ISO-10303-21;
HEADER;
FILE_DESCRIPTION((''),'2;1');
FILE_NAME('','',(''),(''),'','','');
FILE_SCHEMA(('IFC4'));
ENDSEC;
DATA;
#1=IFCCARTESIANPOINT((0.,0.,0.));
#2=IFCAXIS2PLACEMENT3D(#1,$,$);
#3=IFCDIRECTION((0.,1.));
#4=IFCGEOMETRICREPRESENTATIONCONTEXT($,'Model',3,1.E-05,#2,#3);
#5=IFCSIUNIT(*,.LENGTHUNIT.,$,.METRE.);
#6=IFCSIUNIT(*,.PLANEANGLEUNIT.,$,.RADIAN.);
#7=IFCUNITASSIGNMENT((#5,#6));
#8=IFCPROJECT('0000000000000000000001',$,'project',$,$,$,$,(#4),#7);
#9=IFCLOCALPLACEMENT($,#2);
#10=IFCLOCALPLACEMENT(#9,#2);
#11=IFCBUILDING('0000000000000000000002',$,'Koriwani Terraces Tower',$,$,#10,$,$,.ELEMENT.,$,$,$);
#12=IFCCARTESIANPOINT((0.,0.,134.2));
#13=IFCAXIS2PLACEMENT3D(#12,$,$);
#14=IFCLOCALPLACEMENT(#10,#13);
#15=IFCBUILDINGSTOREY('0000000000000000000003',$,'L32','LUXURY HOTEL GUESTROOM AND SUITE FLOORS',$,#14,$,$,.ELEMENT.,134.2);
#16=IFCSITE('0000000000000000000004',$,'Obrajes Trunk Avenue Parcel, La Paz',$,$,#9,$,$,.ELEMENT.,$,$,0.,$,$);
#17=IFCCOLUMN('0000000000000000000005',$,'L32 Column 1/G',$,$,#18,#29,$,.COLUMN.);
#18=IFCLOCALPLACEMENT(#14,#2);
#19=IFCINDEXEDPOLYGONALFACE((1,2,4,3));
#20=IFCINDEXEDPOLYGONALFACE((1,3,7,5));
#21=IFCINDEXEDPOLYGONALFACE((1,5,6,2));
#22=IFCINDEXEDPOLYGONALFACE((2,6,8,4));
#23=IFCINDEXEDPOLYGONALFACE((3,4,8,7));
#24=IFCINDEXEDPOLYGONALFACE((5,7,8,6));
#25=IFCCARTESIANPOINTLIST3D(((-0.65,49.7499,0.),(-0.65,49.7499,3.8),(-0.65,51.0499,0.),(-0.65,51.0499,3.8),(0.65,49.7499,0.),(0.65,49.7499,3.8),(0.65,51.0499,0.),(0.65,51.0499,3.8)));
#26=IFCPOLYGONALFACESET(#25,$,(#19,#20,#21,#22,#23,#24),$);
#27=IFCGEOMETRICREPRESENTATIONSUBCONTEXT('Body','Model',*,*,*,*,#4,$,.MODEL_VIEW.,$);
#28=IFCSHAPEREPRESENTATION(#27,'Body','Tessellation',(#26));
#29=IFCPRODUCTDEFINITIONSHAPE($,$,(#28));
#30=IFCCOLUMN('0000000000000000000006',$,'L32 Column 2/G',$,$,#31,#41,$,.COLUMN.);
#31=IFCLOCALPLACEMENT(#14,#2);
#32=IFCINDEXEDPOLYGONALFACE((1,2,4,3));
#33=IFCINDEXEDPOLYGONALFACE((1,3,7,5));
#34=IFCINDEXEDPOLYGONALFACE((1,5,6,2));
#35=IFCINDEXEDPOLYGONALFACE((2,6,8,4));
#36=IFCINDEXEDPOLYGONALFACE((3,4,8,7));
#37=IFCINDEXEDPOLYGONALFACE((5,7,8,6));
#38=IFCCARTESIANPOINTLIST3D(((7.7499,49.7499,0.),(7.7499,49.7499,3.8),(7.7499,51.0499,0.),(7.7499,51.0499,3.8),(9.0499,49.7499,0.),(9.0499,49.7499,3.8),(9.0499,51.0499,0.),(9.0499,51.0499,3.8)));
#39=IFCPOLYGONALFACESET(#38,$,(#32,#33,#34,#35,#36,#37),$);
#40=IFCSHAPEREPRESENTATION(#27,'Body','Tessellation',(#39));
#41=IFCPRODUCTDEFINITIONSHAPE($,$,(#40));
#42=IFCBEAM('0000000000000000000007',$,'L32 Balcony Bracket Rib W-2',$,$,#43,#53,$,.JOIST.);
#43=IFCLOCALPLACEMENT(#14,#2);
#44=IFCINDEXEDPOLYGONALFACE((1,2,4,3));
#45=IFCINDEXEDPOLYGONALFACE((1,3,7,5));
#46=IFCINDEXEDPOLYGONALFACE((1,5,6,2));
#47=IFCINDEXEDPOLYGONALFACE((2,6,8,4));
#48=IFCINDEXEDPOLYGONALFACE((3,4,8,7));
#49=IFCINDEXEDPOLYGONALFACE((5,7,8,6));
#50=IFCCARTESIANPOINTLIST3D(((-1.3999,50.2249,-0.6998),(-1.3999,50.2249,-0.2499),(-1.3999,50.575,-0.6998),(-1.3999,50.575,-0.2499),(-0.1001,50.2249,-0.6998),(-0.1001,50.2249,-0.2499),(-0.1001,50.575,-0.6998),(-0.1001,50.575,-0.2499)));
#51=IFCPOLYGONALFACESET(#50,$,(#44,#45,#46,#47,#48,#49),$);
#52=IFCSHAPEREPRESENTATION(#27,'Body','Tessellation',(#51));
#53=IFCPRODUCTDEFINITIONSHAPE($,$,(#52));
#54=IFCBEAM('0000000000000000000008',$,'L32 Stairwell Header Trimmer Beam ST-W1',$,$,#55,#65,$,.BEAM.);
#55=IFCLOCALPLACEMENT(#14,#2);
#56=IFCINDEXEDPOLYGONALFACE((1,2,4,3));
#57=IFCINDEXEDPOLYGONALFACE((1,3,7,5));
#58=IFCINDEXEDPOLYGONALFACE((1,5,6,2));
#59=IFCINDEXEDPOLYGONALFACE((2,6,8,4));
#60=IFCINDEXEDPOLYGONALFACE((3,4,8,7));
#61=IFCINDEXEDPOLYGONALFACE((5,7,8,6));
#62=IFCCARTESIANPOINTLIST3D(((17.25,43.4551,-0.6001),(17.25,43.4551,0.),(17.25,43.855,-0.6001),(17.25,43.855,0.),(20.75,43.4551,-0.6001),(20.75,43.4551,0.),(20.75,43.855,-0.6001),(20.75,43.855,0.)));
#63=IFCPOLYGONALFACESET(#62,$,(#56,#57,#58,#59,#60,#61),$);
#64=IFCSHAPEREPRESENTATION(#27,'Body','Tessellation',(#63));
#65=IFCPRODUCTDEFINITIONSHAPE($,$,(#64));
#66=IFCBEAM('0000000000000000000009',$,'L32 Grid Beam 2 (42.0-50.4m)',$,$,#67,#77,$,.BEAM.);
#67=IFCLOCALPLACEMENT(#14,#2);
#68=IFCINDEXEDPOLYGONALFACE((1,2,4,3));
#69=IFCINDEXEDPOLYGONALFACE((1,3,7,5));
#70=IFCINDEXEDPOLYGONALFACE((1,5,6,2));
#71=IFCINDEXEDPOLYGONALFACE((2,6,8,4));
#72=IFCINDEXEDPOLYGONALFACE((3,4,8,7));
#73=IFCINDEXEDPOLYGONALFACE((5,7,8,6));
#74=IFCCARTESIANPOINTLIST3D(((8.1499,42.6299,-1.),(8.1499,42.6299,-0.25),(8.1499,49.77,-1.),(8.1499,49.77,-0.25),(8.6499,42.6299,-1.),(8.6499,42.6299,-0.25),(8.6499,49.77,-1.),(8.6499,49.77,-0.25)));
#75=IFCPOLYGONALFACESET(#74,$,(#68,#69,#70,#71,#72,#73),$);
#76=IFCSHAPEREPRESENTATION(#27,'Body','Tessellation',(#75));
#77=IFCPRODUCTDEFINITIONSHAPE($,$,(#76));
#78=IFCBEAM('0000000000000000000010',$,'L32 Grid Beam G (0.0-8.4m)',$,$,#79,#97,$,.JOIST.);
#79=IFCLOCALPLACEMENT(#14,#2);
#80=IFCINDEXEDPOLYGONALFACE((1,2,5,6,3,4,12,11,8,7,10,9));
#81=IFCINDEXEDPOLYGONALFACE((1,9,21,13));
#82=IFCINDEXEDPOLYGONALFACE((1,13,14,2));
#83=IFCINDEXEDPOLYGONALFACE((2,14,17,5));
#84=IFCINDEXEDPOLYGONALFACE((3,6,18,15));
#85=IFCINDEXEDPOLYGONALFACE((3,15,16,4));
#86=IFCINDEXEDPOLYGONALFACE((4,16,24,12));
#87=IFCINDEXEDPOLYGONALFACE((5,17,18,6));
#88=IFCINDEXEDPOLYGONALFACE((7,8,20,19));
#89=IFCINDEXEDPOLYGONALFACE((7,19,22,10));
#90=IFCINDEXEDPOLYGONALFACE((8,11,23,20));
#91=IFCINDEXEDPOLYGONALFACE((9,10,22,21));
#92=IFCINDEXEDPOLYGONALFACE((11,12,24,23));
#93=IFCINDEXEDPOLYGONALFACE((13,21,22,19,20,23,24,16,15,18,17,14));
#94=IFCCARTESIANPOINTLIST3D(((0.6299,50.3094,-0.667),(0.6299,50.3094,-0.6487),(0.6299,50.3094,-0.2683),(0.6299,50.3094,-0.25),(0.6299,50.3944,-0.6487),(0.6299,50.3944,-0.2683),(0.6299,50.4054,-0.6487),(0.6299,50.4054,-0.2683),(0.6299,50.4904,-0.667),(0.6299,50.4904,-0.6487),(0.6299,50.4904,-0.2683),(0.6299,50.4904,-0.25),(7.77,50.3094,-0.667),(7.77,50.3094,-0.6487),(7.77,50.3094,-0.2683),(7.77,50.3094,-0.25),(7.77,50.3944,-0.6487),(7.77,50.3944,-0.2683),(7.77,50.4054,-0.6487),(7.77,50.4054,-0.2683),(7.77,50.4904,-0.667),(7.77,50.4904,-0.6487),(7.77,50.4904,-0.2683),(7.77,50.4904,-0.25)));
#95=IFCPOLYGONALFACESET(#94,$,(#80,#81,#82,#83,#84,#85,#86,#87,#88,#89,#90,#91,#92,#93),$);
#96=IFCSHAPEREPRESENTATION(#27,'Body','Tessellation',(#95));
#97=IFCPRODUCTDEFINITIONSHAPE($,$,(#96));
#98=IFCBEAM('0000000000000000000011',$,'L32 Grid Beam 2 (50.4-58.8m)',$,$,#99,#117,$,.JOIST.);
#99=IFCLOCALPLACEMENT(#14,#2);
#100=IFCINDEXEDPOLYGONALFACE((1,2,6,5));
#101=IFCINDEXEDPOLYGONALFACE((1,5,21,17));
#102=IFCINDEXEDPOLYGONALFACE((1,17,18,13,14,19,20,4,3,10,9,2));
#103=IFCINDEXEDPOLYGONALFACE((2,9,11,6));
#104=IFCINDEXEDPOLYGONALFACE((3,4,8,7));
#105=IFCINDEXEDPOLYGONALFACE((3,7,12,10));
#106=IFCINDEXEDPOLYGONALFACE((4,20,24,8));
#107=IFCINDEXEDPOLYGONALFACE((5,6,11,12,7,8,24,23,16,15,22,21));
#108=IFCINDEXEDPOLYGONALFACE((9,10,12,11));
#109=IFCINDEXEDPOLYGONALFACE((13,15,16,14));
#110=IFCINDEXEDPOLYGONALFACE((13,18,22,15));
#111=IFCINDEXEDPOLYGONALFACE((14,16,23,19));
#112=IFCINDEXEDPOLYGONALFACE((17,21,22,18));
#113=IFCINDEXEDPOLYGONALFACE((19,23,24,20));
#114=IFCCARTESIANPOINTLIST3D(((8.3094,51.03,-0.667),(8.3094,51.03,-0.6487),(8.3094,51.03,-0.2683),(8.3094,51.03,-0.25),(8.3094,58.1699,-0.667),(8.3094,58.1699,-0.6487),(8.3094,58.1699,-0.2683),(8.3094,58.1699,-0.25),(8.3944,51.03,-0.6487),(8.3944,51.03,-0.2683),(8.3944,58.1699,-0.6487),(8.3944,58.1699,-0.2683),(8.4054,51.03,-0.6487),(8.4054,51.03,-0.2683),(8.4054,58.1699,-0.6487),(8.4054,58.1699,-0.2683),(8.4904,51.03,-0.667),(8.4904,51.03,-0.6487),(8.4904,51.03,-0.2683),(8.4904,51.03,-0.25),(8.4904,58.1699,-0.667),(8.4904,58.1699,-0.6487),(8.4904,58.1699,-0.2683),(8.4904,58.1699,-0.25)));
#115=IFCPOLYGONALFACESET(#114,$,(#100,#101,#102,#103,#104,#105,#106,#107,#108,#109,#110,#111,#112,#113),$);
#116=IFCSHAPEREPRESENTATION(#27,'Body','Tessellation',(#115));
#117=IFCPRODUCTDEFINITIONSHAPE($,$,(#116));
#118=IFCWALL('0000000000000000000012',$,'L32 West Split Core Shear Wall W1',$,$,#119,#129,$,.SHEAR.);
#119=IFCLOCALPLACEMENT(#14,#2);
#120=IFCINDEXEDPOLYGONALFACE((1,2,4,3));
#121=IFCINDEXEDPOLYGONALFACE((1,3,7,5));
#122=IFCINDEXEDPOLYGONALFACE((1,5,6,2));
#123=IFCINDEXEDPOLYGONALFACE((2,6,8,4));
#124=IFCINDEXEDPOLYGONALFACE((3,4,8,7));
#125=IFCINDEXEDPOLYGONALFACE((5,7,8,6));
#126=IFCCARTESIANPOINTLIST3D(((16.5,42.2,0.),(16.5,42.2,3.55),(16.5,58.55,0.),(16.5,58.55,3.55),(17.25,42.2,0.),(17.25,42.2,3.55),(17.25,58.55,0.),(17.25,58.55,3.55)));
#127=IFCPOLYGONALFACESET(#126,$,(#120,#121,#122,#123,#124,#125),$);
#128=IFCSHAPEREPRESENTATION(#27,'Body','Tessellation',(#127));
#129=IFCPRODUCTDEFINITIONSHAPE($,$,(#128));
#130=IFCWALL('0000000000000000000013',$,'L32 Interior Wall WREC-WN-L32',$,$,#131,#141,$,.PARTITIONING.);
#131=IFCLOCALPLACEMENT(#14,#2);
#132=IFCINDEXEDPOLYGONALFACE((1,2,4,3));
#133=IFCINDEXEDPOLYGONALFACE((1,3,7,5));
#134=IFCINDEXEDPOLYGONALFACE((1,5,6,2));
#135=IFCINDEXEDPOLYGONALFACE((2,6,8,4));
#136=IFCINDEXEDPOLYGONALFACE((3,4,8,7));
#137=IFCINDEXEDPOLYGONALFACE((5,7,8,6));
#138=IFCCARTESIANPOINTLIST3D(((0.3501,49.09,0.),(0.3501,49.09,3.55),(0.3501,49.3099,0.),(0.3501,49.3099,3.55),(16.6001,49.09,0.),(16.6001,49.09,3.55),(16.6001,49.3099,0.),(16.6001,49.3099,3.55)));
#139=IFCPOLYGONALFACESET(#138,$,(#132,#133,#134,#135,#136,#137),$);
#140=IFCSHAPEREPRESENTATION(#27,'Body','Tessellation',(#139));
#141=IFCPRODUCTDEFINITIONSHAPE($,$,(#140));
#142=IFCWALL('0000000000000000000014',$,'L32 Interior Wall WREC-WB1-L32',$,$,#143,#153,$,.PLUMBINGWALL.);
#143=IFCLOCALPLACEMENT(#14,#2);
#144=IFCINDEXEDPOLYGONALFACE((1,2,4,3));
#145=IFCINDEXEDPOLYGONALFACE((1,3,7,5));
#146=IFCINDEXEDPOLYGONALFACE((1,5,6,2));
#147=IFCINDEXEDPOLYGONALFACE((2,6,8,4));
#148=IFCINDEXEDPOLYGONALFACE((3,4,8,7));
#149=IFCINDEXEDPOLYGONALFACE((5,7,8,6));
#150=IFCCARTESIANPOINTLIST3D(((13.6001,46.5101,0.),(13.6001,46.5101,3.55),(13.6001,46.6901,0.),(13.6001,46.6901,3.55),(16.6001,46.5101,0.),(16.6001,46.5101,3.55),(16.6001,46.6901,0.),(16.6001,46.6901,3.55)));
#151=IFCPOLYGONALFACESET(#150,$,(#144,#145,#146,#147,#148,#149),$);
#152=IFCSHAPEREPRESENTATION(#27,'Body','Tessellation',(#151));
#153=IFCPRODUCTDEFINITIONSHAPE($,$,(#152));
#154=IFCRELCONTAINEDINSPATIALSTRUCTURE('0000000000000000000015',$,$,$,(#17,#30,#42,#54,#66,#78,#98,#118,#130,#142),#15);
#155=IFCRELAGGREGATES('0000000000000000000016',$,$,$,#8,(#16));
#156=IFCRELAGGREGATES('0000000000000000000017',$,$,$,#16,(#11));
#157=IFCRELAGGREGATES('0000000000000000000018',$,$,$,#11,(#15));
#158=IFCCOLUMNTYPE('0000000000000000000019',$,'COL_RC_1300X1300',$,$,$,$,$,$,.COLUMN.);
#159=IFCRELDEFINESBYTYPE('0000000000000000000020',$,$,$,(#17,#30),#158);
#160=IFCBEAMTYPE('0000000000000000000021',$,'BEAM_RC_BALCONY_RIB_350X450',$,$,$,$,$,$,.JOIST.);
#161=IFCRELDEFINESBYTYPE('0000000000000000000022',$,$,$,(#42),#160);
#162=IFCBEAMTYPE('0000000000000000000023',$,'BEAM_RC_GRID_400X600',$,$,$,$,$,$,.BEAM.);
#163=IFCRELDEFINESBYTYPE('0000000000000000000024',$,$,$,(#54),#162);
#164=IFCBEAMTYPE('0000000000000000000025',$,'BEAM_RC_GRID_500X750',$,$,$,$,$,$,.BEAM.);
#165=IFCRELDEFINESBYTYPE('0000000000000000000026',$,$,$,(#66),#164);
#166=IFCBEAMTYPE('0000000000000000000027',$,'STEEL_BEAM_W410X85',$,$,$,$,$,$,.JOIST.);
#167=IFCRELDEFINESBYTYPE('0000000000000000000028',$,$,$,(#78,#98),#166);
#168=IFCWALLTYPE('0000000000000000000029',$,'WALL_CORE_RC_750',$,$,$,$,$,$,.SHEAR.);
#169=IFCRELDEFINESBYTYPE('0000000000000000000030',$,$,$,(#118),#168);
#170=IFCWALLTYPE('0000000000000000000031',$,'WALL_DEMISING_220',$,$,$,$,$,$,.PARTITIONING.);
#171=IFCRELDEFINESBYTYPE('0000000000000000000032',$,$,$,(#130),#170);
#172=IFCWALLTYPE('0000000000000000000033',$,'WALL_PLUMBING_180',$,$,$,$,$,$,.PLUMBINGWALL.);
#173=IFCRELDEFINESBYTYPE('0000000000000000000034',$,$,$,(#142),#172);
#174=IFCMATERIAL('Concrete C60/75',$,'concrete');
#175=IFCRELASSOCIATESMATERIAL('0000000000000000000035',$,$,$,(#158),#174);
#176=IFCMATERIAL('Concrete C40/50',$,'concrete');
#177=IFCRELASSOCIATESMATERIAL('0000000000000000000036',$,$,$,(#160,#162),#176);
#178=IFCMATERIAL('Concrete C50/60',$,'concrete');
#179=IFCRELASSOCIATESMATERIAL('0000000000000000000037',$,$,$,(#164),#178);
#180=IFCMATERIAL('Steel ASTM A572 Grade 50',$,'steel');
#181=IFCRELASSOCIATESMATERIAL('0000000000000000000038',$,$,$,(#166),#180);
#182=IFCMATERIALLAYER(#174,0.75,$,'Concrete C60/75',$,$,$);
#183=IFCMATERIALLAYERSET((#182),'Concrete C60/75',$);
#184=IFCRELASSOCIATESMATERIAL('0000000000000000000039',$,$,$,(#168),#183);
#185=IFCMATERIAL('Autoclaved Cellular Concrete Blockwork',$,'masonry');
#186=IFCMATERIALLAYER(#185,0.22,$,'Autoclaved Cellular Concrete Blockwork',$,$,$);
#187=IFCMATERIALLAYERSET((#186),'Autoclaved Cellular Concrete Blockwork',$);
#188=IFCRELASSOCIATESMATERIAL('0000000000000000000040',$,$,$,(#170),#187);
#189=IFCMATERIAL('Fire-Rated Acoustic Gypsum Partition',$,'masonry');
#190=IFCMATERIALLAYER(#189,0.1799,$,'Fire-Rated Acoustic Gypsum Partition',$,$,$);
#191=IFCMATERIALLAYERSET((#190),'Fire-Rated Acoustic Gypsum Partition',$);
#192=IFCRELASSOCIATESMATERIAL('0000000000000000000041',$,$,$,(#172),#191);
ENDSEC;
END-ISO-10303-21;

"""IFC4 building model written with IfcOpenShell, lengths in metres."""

from ifc_helpers import new_model, si_unit, direction, frame, frame_2d, origin, origin_2d, place, context, subcontext, project, spatial, rectangle, i_section, extrude, material, layer, layer_set, material_profile, profile_set, type_object, element, save


model = new_model("IFC4")

# Units and contexts
model_context = context("Model", 3, precision=1e-05, world=origin(), true_north=direction((0.0, 1.0)))
body_context = subcontext(model_context, "Body", "Model", "MODEL_VIEW")
ifc_project = project(units=[si_unit("LENGTHUNIT", "METRE"), si_unit("PLANEANGLEUNIT", "RADIAN")], contexts=[model_context])

# Site, building, storey
site_placement = place(None, origin())
site = spatial("IfcSite", under=ifc_project, at=site_placement, Name="Obrajes Trunk Avenue Parcel, La Paz", CompositionType="ELEMENT", RefElevation=0.0)
building_placement = place(site_placement, origin())
building = spatial("IfcBuilding", under=site, at=building_placement, Name="Koriwani Terraces Tower", CompositionType="ELEMENT")
storey_placement = place(building_placement, frame((0.0, 0.0, 134.2)))
storey = spatial("IfcBuildingStorey", under=building, at=storey_placement, Name="L32", Description="LUXURY HOTEL GUESTROOM AND SUITE FLOORS", CompositionType="ELEMENT", Elevation=134.2)

# Columns
ifc_material_1 = material(Name="Concrete C60/75", Category="concrete")
ifc_material_profile_1 = material_profile(ifc_material_1, rectangle(XDim=1.3, YDim=1.3, at=origin_2d()), Name="Concrete C60/75", Category="LoadBearing")
ifc_profile_set_1 = profile_set([ifc_material_profile_1], Name="Concrete C60/75")
column_type = type_object("IfcColumnType", Name="COL_RC_1300X1300", PredefinedType="COLUMN", material=ifc_profile_set_1)
for number, where, z_axis, x_axis, name in (
    (1, (0.0, 50.3999, 0.0), (0.0, 0.0, 1.0), (1.0, 0.0, 0.0), "L32 Column 1/G"),
    (2, (8.3999, 50.3999, 0.0), (0.0, 0.0, 1.0), (1.0, 0.0, 0.0), "L32 Column 2/G"),
):
    element("IfcColumn", number, at=place(storey_placement, frame(where, z_axis=z_axis, x_axis=x_axis)), inside=storey, type_object=column_type, Name=name, PredefinedType="COLUMN", context=body_context, shape_type="SweptSolid", body=[
        extrude(rectangle(XDim=1.3, YDim=1.3, at=origin_2d()), origin(), (0.0, 0.0, 1.0), 3.8),
    ])

# Beams
ifc_material_2 = material(Name="Concrete C40/50", Category="concrete")
ifc_material_profile_2 = material_profile(ifc_material_2, rectangle(XDim=0.3501, YDim=0.45, at=origin_2d()), Name="Concrete C40/50", Category="LoadBearing")
ifc_profile_set_2 = profile_set([ifc_material_profile_2], Name="Concrete C40/50")
beam_type_1 = type_object("IfcBeamType", Name="BEAM_RC_BALCONY_RIB_350X450", PredefinedType="JOIST", material=ifc_profile_set_2)
beam_1_placement = place(storey_placement, frame((-1.3999, 50.3999, -0.4749), z_axis=(1.0, 0.0, 0.0), x_axis=(0.0, 1.0, 0.0)))
element("IfcBeam", 3, at=beam_1_placement, inside=storey, type_object=beam_type_1, Name="L32 Balcony Bracket Rib W-2", PredefinedType="JOIST", context=body_context, shape_type="SweptSolid", body=[
    extrude(rectangle(XDim=0.3501, YDim=0.45, at=origin_2d()), origin(), (0.0, 0.0, 1.0), 1.2998),
])
ifc_material_profile_3 = material_profile(ifc_material_2, rectangle(XDim=0.3999, YDim=0.6001, at=origin_2d()), Name="Concrete C40/50", Category="LoadBearing")
ifc_profile_set_3 = profile_set([ifc_material_profile_3], Name="Concrete C40/50")
beam_type_2 = type_object("IfcBeamType", Name="BEAM_RC_GRID_400X600", PredefinedType="BEAM", material=ifc_profile_set_3)
beam_2_placement = place(storey_placement, frame((17.25, 43.655, -0.3), z_axis=(1.0, 0.0, 0.0), x_axis=(0.0, 1.0, 0.0)))
element("IfcBeam", 4, at=beam_2_placement, inside=storey, type_object=beam_type_2, Name="L32 Stairwell Header Trimmer Beam ST-W1", PredefinedType="BEAM", context=body_context, shape_type="SweptSolid", body=[
    extrude(rectangle(XDim=0.3999, YDim=0.6001, at=origin_2d()), origin(), (0.0, 0.0, 1.0), 3.5),
])
ifc_material_3 = material(Name="Concrete C50/60", Category="concrete")
ifc_material_profile_4 = material_profile(ifc_material_3, rectangle(XDim=0.5, YDim=0.75, at=origin_2d()), Name="Concrete C50/60", Category="LoadBearing")
ifc_profile_set_4 = profile_set([ifc_material_profile_4], Name="Concrete C50/60")
beam_type_3 = type_object("IfcBeamType", Name="BEAM_RC_GRID_500X750", PredefinedType="BEAM", material=ifc_profile_set_4)
beam_3_placement = place(storey_placement, frame((8.3999, 42.6299, -0.625), z_axis=(0.0, 1.0, 0.0), x_axis=(-1.0, 0.0, 0.0)))
element("IfcBeam", 5, at=beam_3_placement, inside=storey, type_object=beam_type_3, Name="L32 Grid Beam 2 (42.0-50.4m)", PredefinedType="BEAM", context=body_context, shape_type="SweptSolid", body=[
    extrude(rectangle(XDim=0.5, YDim=0.75, at=origin_2d()), origin(), (0.0, 0.0, 1.0), 7.1401),
])
ifc_material_4 = material(Name="Steel ASTM A572 Grade 50", Category="steel")
ifc_material_profile_5 = material_profile(ifc_material_4, i_section(OverallWidth=0.1809, OverallDepth=0.417, WebThickness=0.011, FlangeThickness=0.0183, at=origin_2d()), Name="Steel ASTM A572 Grade 50", Category="LoadBearing")
ifc_profile_set_5 = profile_set([ifc_material_profile_5], Name="Steel ASTM A572 Grade 50")
beam_type_4 = type_object("IfcBeamType", Name="STEEL_BEAM_W410X85", PredefinedType="JOIST", material=ifc_profile_set_5)
beam_4_placement = place(storey_placement, frame((0.6299, 50.3999, -0.4585), z_axis=(1.0, 0.0, 0.0), x_axis=(0.0, 1.0, 0.0)))
element("IfcBeam", 6, at=beam_4_placement, inside=storey, type_object=beam_type_4, Name="L32 Grid Beam G (0.0-8.4m)", PredefinedType="JOIST", context=body_context, shape_type="SweptSolid", body=[
    extrude(i_section(OverallWidth=0.1809, OverallDepth=0.417, WebThickness=0.011, FlangeThickness=0.0183, at=origin_2d()), origin(), (0.0, 0.0, 1.0), 7.1401),
])
beam_5_placement = place(storey_placement, frame((8.3999, 51.03, -0.4585), z_axis=(0.0, 1.0, 0.0), x_axis=(-1.0, 0.0, 0.0)))
element("IfcBeam", 7, at=beam_5_placement, inside=storey, type_object=beam_type_4, Name="L32 Grid Beam 2 (50.4-58.8m)", PredefinedType="JOIST", context=body_context, shape_type="SweptSolid", body=[
    extrude(i_section(OverallWidth=0.1809, OverallDepth=0.417, WebThickness=0.011, FlangeThickness=0.0183, at=origin_2d()), origin(), (0.0, 0.0, 1.0), 7.1399),
])

# Walls
ifc_layer_1 = layer(ifc_material_1, 0.75, Name="Concrete C60/75")
ifc_layer_set_1 = layer_set([ifc_layer_1], Name="Concrete C60/75")
wall_type_1 = type_object("IfcWallType", Name="WALL_CORE_RC_750", PredefinedType="SHEAR", material=ifc_layer_set_1)
wall_1_placement = place(storey_placement, frame((16.875, 42.2, 0.0), z_axis=(0.0, 0.0, 1.0), x_axis=(0.0, 1.0, 0.0)))
element("IfcWall", 8, at=wall_1_placement, inside=storey, type_object=wall_type_1, Name="L32 West Split Core Shear Wall W1", PredefinedType="SHEAR", context=body_context, shape_type="SweptSolid", body=[
    extrude(rectangle(XDim=16.3501, YDim=0.75, at=frame_2d((8.175, 0.0))), origin(), (0.0, 0.0, 1.0), 3.55),
])
ifc_material_5 = material(Name="Autoclaved Cellular Concrete Blockwork", Category="masonry")
ifc_layer_2 = layer(ifc_material_5, 0.22, Name="Autoclaved Cellular Concrete Blockwork")
ifc_layer_set_2 = layer_set([ifc_layer_2], Name="Autoclaved Cellular Concrete Blockwork")
wall_type_2 = type_object("IfcWallType", Name="WALL_DEMISING_220", PredefinedType="PARTITIONING", material=ifc_layer_set_2)
wall_2_placement = place(storey_placement, frame((0.3501, 49.2, 0.0), z_axis=(0.0, 0.0, 1.0), x_axis=(1.0, 0.0, 0.0)))
element("IfcWall", 9, at=wall_2_placement, inside=storey, type_object=wall_type_2, Name="L32 Interior Wall WREC-WN-L32", PredefinedType="PARTITIONING", context=body_context, shape_type="SweptSolid", body=[
    extrude(rectangle(XDim=16.25, YDim=0.22, at=frame_2d((8.125, 0.0))), origin(), (0.0, 0.0, 1.0), 3.55),
])
ifc_material_6 = material(Name="Fire-Rated Acoustic Gypsum Partition", Category="masonry")
ifc_layer_3 = layer(ifc_material_6, 0.1799, Name="Fire-Rated Acoustic Gypsum Partition")
ifc_layer_set_3 = layer_set([ifc_layer_3], Name="Fire-Rated Acoustic Gypsum Partition")
wall_type_3 = type_object("IfcWallType", Name="WALL_PLUMBING_180", PredefinedType="PLUMBINGWALL", material=ifc_layer_set_3)
wall_3_placement = place(storey_placement, frame((13.6001, 46.6001, 0.0), z_axis=(0.0, 0.0, 1.0), x_axis=(1.0, 0.0, 0.0)))
element("IfcWall", 10, at=wall_3_placement, inside=storey, type_object=wall_type_3, Name="L32 Interior Wall WREC-WB1-L32", PredefinedType="PLUMBINGWALL", context=body_context, shape_type="SweptSolid", body=[
    extrude(rectangle(XDim=3.0, YDim=0.1799, at=frame_2d((1.5, 0.0))), origin(), (0.0, 0.0, 1.0), 3.55),
])

save(model, "model.ifc")
